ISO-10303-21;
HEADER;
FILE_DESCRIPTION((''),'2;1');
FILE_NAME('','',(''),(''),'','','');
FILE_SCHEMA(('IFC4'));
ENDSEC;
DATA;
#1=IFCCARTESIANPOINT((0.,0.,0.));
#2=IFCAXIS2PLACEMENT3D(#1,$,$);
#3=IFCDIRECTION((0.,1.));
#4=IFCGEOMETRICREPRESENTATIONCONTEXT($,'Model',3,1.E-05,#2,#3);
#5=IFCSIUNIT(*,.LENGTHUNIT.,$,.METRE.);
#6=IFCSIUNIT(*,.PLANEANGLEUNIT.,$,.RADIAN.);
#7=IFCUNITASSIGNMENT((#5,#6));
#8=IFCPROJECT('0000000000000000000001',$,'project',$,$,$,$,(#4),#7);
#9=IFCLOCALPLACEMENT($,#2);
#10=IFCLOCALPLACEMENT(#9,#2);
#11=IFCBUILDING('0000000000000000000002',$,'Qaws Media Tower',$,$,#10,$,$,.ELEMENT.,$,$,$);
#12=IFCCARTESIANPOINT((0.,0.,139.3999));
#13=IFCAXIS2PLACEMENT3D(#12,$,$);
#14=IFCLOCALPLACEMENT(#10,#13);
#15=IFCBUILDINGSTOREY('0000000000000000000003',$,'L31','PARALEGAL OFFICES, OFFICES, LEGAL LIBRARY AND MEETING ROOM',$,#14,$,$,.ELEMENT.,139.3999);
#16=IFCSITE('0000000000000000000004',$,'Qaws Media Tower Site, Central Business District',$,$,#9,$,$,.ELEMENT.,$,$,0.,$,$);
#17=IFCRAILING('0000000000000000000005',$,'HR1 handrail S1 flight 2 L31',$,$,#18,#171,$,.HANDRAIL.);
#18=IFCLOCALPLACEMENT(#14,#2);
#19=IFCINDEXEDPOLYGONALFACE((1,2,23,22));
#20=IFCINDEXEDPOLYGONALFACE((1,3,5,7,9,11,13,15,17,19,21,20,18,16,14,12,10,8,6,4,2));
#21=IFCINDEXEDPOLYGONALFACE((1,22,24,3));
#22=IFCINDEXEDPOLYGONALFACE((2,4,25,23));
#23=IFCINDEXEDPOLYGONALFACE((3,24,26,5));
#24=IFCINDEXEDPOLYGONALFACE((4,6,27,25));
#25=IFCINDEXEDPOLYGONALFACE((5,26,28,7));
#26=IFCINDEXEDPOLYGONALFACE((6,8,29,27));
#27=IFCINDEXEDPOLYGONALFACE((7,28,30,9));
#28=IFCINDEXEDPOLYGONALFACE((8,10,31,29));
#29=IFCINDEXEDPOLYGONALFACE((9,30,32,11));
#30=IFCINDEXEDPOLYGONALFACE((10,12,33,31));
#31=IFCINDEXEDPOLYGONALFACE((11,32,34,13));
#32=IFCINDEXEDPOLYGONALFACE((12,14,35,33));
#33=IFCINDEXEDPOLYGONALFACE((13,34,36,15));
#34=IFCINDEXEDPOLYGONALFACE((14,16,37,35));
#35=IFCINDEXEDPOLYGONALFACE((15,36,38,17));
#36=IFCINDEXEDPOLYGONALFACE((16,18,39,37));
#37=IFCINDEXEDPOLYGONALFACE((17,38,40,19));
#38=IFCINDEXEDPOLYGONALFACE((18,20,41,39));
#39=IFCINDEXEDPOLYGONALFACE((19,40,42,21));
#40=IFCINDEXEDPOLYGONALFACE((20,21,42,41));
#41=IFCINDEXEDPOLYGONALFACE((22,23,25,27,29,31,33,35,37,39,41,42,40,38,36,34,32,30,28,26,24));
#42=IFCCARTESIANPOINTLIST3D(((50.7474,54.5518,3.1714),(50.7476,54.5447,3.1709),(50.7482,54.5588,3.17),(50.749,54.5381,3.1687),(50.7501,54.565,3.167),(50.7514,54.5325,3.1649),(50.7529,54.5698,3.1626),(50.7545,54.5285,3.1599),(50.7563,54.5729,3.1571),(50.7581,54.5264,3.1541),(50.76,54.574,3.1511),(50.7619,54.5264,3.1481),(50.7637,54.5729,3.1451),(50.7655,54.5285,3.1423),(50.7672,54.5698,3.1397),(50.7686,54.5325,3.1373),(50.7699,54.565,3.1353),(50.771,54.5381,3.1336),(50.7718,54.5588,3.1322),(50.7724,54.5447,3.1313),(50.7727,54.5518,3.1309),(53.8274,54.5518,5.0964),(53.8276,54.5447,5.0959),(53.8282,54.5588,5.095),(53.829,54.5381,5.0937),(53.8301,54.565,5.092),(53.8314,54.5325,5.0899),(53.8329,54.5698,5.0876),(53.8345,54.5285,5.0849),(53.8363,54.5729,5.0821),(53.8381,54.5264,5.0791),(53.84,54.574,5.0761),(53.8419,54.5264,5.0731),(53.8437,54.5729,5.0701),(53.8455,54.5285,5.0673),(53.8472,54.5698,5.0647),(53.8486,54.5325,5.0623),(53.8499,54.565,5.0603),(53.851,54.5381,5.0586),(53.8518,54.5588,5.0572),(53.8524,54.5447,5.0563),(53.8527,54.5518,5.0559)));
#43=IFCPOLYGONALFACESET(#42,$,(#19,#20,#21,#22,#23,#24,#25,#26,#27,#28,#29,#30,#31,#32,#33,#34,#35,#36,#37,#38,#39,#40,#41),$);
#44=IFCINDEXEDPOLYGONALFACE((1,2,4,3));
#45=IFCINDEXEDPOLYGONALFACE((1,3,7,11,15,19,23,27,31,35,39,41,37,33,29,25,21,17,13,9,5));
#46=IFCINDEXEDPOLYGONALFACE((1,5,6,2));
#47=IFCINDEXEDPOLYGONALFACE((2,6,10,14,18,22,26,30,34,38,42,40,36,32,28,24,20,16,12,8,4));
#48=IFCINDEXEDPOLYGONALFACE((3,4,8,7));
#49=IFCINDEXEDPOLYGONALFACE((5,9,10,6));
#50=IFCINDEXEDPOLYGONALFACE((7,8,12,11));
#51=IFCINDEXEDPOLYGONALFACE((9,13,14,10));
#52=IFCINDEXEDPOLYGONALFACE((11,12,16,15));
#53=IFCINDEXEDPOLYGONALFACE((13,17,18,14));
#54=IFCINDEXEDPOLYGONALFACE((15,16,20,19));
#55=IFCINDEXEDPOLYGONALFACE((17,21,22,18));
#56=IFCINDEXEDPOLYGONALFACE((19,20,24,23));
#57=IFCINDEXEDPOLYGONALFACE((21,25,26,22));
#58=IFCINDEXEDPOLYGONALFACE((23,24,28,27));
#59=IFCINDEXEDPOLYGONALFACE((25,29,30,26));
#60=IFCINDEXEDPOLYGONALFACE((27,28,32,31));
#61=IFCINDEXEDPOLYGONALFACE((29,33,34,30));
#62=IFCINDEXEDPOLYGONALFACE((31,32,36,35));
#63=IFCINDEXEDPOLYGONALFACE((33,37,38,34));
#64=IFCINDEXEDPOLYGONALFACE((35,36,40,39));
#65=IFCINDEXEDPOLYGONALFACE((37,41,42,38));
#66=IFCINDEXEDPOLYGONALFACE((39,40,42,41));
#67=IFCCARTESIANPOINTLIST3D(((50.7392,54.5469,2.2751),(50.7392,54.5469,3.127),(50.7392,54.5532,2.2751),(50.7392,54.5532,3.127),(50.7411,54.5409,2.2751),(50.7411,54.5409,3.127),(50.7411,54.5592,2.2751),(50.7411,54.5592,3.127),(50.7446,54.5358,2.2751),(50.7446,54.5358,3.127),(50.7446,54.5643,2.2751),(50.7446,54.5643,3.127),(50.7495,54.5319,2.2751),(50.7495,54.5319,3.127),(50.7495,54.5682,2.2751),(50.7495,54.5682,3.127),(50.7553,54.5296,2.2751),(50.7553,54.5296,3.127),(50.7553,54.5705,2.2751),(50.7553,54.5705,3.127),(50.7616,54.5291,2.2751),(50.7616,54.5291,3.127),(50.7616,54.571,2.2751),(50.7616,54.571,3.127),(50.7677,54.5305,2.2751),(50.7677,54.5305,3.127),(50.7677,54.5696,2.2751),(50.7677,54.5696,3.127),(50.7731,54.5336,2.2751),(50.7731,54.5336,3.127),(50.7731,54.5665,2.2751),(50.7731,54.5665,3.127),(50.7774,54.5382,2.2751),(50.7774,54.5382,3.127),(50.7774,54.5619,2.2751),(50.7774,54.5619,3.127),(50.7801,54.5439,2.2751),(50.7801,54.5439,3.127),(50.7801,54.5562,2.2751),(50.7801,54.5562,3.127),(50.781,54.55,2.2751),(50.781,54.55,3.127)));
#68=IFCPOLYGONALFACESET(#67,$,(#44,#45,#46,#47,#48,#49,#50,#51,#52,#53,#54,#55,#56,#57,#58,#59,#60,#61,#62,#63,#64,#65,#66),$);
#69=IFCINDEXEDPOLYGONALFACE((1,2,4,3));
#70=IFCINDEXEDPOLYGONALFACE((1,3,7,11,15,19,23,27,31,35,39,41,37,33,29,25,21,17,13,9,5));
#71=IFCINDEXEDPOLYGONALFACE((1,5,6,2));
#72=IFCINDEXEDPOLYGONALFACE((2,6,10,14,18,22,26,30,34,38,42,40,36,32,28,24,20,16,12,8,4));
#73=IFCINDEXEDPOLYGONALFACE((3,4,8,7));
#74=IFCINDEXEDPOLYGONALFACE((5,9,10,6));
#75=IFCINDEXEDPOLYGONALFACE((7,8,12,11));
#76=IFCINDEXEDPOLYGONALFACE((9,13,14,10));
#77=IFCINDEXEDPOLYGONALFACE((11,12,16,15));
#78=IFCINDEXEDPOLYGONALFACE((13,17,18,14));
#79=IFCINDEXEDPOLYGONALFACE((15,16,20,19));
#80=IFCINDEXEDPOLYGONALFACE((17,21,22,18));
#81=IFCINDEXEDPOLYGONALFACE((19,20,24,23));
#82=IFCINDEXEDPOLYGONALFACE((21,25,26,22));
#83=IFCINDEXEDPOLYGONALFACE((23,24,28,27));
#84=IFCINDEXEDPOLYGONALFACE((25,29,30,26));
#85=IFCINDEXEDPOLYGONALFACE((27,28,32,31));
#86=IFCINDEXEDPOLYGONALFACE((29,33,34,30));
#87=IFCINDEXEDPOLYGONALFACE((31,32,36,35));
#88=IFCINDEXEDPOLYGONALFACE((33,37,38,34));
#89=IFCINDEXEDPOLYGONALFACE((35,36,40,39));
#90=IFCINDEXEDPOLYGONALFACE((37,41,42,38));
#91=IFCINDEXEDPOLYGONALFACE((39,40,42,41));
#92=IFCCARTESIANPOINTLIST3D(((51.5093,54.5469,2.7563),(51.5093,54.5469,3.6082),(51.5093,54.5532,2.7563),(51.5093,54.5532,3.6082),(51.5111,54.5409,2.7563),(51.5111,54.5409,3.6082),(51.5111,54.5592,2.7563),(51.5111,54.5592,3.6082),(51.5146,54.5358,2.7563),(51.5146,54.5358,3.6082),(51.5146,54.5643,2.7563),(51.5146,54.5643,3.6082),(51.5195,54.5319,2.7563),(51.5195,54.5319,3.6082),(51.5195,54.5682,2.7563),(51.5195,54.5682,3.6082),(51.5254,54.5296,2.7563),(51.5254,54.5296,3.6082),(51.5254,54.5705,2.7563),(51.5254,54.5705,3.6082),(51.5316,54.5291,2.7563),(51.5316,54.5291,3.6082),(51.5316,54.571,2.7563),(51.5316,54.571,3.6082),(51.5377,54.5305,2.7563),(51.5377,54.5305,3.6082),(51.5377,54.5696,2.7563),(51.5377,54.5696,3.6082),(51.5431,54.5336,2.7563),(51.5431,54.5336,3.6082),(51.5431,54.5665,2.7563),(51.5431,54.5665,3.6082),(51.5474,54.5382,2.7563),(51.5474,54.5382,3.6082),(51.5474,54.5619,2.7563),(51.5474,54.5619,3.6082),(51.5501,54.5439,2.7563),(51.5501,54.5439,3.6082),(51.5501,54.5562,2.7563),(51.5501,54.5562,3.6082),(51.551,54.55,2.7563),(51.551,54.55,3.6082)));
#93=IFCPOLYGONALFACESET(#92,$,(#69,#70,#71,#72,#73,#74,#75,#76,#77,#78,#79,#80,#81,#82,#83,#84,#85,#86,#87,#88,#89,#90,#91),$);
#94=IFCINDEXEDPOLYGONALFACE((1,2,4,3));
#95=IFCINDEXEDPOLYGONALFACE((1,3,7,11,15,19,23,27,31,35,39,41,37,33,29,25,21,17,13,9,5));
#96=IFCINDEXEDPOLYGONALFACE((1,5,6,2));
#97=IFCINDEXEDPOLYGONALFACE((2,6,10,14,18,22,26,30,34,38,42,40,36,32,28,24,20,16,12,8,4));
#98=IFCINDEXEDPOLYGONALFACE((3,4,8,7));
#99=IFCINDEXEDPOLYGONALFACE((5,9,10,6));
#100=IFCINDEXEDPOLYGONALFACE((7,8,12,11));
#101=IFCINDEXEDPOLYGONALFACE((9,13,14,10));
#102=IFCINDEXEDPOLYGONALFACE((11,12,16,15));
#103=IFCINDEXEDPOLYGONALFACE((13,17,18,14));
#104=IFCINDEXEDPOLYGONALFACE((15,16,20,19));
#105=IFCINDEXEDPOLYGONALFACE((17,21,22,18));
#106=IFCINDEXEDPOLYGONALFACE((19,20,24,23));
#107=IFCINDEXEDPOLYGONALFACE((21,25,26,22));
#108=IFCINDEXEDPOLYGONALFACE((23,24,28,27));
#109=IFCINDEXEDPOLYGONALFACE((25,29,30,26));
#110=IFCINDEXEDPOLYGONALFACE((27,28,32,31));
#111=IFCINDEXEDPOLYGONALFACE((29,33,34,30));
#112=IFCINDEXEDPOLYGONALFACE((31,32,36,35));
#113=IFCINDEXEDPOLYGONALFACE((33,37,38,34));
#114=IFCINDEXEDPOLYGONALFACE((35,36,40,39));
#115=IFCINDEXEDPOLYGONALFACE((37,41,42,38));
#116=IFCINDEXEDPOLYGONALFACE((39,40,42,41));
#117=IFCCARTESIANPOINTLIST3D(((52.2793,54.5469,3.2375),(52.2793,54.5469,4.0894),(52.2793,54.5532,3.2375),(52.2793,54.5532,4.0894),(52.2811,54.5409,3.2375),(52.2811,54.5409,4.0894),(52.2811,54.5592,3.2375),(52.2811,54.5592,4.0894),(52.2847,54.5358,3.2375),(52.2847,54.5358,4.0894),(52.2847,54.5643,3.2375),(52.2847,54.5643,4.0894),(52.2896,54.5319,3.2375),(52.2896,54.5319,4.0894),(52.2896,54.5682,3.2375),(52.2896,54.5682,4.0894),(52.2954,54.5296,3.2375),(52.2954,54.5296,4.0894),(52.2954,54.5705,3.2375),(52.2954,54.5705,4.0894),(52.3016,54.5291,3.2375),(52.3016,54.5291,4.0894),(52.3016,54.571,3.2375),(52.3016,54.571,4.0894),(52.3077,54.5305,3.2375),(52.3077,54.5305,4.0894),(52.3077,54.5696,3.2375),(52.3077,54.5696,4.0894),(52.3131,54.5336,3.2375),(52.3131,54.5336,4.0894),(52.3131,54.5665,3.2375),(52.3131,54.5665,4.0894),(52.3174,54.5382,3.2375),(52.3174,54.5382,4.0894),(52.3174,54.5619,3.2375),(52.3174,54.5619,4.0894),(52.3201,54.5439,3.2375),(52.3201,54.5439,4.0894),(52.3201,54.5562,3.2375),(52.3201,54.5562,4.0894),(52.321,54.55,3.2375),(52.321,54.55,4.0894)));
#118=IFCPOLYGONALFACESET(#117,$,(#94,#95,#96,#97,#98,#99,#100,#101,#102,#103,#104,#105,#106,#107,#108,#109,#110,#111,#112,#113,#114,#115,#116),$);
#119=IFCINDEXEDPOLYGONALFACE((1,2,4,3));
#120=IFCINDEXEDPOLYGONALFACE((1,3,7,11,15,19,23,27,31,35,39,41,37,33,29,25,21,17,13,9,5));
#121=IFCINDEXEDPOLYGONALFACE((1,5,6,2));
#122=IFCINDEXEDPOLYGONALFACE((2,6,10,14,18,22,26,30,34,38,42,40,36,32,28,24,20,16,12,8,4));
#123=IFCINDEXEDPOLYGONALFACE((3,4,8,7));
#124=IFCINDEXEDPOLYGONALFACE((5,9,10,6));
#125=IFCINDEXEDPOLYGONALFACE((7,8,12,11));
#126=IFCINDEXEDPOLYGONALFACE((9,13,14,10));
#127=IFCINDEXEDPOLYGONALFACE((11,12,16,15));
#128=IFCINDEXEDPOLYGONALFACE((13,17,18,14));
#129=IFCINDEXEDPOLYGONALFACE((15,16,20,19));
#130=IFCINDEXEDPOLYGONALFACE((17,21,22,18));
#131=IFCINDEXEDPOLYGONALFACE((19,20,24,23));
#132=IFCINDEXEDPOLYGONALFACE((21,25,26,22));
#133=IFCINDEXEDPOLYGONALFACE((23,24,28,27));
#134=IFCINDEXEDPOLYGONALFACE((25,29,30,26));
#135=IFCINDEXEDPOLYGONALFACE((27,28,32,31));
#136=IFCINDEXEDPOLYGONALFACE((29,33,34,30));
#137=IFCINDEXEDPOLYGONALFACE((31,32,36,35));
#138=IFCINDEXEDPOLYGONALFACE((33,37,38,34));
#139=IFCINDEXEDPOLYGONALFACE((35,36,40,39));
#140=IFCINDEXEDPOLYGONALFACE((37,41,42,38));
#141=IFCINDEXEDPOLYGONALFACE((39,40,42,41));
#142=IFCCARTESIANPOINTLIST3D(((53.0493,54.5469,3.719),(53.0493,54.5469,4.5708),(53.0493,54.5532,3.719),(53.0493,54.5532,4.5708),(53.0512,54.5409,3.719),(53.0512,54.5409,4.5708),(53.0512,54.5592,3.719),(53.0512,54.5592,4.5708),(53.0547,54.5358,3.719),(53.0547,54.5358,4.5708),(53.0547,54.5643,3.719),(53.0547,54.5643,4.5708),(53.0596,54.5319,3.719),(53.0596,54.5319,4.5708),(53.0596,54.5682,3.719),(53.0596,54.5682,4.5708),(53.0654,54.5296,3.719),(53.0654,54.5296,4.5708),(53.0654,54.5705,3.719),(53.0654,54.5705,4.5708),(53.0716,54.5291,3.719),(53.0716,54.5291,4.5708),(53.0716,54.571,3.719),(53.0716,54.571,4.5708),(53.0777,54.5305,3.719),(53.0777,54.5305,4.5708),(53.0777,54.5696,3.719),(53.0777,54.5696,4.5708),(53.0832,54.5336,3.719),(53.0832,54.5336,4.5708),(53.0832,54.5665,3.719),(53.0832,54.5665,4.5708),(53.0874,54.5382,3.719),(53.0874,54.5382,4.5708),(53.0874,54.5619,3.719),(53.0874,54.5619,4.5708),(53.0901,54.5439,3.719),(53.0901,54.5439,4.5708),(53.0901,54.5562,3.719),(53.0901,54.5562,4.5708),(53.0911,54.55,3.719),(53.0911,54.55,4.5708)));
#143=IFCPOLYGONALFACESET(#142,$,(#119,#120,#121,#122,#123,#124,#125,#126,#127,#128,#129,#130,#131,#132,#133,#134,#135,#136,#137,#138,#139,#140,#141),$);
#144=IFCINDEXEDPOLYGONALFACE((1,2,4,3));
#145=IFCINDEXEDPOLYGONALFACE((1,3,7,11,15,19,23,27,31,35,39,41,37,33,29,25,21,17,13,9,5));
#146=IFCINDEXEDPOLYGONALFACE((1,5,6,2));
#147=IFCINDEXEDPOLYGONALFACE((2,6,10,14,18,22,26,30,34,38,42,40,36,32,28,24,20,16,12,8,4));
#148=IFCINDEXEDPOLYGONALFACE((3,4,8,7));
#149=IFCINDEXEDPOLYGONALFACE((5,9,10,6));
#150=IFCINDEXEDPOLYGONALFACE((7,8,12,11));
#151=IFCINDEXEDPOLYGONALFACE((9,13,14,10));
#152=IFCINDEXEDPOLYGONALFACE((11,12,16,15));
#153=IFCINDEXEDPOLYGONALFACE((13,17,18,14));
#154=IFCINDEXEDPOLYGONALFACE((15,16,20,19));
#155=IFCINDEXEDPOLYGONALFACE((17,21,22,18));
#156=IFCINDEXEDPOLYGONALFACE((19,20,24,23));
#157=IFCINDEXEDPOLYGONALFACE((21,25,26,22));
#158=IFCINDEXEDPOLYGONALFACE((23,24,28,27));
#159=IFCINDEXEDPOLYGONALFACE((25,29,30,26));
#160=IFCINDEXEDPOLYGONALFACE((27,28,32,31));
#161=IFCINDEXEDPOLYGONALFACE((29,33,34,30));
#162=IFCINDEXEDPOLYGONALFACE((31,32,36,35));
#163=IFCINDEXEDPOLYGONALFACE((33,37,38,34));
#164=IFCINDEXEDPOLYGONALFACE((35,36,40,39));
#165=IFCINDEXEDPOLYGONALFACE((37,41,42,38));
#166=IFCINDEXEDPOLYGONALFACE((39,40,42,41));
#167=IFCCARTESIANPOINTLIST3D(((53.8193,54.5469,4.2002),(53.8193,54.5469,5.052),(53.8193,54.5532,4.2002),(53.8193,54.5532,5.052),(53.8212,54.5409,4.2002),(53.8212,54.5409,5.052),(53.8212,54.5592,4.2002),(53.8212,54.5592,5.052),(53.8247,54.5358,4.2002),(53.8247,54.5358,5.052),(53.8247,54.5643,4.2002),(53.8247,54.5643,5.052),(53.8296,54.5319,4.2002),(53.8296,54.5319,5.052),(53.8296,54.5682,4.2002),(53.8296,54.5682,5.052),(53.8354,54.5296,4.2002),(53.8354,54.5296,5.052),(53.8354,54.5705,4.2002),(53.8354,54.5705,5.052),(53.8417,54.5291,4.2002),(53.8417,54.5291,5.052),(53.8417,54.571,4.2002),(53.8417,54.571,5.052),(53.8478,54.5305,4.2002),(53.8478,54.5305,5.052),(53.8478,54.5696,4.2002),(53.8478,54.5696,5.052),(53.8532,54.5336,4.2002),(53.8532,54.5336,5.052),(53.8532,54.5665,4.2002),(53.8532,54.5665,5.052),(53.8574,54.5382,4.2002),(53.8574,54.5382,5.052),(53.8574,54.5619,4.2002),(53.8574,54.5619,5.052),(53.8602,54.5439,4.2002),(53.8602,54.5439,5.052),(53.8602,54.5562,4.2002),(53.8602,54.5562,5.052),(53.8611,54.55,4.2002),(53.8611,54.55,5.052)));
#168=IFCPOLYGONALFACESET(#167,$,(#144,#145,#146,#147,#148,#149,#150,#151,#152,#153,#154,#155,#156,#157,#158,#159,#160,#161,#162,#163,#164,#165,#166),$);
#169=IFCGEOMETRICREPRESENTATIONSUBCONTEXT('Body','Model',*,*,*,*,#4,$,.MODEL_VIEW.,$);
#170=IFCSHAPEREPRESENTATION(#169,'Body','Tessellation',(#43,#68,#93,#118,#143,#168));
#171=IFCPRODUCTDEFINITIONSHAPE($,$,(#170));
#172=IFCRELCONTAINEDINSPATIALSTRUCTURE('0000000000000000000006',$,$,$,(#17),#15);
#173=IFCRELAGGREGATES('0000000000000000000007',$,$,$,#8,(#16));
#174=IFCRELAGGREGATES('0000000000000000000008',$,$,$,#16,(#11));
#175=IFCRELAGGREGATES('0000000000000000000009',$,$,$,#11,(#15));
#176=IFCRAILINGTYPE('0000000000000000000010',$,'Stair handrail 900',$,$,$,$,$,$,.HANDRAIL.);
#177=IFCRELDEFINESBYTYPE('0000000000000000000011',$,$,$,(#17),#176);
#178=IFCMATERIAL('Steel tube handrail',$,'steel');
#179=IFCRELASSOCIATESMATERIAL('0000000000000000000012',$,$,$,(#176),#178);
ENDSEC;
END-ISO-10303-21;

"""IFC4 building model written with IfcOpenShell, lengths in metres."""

from ifc_helpers import new_model, si_unit, direction, frame, origin, origin_2d, place, context, subcontext, project, spatial, circle, extrude, material, type_object, element, save


model = new_model("IFC4")

# Units and contexts
model_context = context("Model", 3, precision=1e-05, world=origin(), true_north=direction((0.0, 1.0)))
body_context = subcontext(model_context, "Body", "Model", "MODEL_VIEW")
ifc_project = project(units=[si_unit("LENGTHUNIT", "METRE"), si_unit("PLANEANGLEUNIT", "RADIAN")], contexts=[model_context])

# Site, building, storey
site_placement = place(None, origin())
site = spatial("IfcSite", under=ifc_project, at=site_placement, Name="Qaws Media Tower Site, Central Business District", CompositionType="ELEMENT", RefElevation=0.0)
building_placement = place(site_placement, origin())
building = spatial("IfcBuilding", under=site, at=building_placement, Name="Qaws Media Tower", CompositionType="ELEMENT")
storey_placement = place(building_placement, frame((0.0, 0.0, 139.3999)))
storey = spatial("IfcBuildingStorey", under=building, at=storey_placement, Name="L31", Description="PARALEGAL OFFICES, OFFICES, LEGAL LIBRARY AND MEETING ROOM", CompositionType="ELEMENT", Elevation=139.3999)

# Railing
ifc_material_1 = material(Name="Steel tube handrail", Category="steel")
railing_type = type_object("IfcRailingType", Name="Stair handrail 900", PredefinedType="HANDRAIL", material=ifc_material_1)
for number, where, name in (
    (1, (50.76, 54.55, 2.2751), "HR1 handrail S1 flight 2 L31"),
):
    element("IfcRailing", number, at=place(storey_placement, frame(where)), inside=storey, type_object=railing_type, Name=name, PredefinedType="HANDRAIL", context=body_context, shape_type="SweptSolid", body=[
        extrude(circle(Radius=0.0239, at=origin_2d()), frame((0.0, 0.0, 0.876), z_axis=(0.847998, 0.0, 0.529999), x_axis=(0.0, 1.0, 0.0)), (0.0, 0.0, 1.0), 3.6321),
        extrude(circle(Radius=0.021, at=origin_2d()), origin(), (0.0, 0.0, 1.0), 0.8518),
        extrude(circle(Radius=0.021, at=origin_2d()), frame((0.77, 0.0, 0.4812)), (0.0, 0.0, 1.0), 0.8518),
        extrude(circle(Radius=0.021, at=origin_2d()), frame((1.54, 0.0, 0.9624)), (0.0, 0.0, 1.0), 0.8518),
        extrude(circle(Radius=0.021, at=origin_2d()), frame((2.3101, 0.0, 1.4438)), (0.0, 0.0, 1.0), 0.8518),
        extrude(circle(Radius=0.021, at=origin_2d()), frame((3.0801, 0.0, 1.925)), (0.0, 0.0, 1.0), 0.8518),
    ])

save(model, "model.ifc")
